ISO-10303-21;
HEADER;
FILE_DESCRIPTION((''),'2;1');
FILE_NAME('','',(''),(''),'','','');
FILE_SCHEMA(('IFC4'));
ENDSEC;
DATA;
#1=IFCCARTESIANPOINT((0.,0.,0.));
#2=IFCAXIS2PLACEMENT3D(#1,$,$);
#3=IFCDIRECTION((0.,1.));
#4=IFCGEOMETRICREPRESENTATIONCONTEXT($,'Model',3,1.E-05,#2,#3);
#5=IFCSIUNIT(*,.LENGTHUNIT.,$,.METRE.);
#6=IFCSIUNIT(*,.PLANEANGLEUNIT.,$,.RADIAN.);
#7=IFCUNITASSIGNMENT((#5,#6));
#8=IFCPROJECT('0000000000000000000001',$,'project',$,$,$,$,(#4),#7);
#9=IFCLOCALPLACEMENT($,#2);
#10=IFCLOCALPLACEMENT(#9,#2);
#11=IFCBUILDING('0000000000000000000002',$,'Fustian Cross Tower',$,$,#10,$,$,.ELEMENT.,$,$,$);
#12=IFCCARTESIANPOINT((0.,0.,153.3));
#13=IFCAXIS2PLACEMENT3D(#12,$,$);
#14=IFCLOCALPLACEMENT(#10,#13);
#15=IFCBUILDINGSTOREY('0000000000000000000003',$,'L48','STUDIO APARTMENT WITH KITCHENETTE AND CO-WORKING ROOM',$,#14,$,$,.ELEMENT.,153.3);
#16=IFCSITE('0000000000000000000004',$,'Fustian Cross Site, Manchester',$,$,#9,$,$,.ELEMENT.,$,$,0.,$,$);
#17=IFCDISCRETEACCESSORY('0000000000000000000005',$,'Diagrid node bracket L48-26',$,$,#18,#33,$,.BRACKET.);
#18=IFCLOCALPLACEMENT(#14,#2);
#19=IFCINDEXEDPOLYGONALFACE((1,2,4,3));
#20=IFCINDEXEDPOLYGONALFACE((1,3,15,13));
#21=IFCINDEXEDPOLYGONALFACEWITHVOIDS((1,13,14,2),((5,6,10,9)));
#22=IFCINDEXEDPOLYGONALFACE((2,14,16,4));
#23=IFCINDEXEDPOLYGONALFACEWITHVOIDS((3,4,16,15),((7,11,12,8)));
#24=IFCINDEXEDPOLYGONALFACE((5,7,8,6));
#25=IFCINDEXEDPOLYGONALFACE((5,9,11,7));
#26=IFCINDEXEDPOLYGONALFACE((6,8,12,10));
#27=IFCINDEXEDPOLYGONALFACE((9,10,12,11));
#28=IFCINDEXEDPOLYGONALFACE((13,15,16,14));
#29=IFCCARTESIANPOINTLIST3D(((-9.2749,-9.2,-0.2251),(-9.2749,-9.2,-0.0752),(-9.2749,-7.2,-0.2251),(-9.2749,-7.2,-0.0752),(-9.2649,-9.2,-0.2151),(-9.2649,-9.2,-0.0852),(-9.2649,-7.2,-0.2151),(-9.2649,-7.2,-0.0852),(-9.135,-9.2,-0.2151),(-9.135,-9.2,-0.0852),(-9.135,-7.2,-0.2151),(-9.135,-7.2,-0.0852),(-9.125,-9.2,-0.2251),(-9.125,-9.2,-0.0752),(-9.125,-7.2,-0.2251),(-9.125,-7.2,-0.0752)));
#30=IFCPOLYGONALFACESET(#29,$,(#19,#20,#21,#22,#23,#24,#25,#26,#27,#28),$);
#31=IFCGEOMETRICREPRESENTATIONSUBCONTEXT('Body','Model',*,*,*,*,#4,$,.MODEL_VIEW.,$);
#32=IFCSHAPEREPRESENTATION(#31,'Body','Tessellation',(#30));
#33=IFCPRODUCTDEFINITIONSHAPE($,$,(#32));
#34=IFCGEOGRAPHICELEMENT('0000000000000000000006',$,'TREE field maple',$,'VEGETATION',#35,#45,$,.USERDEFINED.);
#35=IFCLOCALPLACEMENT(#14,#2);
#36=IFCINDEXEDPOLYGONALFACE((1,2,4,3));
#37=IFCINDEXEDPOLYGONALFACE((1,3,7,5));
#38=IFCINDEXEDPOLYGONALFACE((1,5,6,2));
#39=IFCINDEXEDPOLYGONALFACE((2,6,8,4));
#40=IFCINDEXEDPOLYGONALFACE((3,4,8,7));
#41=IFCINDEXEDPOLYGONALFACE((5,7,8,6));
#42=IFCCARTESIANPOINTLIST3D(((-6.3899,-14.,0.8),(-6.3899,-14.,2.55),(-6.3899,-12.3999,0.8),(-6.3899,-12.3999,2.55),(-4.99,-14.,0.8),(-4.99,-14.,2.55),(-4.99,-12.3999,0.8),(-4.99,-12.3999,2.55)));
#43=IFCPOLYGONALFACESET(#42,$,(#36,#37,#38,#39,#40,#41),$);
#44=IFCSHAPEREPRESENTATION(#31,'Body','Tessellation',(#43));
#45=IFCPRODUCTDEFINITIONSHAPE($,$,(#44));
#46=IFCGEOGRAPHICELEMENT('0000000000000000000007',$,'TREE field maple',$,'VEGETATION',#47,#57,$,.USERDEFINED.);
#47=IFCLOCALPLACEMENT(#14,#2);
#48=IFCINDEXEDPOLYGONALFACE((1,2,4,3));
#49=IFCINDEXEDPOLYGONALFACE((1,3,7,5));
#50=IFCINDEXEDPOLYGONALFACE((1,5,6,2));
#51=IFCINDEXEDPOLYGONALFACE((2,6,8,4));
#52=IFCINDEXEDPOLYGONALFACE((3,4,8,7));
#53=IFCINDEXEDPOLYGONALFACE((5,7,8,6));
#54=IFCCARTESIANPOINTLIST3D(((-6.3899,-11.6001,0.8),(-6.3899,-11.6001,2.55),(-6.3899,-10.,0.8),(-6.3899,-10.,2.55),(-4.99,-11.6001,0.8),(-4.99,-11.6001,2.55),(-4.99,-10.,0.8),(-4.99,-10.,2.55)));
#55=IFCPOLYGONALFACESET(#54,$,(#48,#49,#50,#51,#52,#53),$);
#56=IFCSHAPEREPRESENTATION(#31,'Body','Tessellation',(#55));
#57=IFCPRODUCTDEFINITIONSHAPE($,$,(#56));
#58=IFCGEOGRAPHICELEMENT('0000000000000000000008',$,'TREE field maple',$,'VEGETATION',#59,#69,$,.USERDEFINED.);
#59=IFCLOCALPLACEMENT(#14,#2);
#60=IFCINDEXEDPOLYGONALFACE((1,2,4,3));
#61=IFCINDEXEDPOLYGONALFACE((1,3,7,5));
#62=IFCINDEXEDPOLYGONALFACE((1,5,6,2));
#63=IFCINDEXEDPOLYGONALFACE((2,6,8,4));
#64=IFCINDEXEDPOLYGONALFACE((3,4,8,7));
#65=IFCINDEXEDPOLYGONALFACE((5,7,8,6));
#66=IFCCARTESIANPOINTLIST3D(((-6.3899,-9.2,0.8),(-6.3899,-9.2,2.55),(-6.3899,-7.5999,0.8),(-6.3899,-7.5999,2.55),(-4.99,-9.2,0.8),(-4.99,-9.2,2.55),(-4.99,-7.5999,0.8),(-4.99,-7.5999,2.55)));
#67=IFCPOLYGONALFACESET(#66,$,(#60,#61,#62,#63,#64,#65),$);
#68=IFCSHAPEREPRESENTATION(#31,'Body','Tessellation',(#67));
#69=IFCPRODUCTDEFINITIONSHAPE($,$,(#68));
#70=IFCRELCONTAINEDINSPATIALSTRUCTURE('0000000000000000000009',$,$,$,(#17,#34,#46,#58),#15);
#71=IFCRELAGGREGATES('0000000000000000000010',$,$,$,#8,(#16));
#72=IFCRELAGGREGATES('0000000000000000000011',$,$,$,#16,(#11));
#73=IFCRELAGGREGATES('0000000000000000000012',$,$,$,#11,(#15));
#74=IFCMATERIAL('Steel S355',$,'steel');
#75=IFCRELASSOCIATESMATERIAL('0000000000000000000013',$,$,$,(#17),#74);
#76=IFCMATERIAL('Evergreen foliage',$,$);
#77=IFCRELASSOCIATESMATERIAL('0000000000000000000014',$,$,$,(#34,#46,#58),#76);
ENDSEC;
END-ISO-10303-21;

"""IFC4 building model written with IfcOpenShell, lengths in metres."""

from ifc_helpers import new_model, si_unit, direction, frame, origin, origin_2d, place, context, subcontext, project, spatial, rectangle, hollow_rectangle, extrude, material, element, save


model = new_model("IFC4")

# Units and contexts
model_context = context("Model", 3, precision=1e-05, world=origin(), true_north=direction((0.0, 1.0)))
body_context = subcontext(model_context, "Body", "Model", "MODEL_VIEW")
ifc_project = project(units=[si_unit("LENGTHUNIT", "METRE"), si_unit("PLANEANGLEUNIT", "RADIAN")], contexts=[model_context])

# Site, building, storey
site_placement = place(None, origin())
site = spatial("IfcSite", under=ifc_project, at=site_placement, Name="Fustian Cross Site, Manchester", CompositionType="ELEMENT", RefElevation=0.0)
building_placement = place(site_placement, origin())
building = spatial("IfcBuilding", under=site, at=building_placement, Name="Fustian Cross Tower", CompositionType="ELEMENT")
storey_placement = place(building_placement, frame((0.0, 0.0, 153.3)))
storey = spatial("IfcBuildingStorey", under=building, at=storey_placement, Name="L48", Description="STUDIO APARTMENT WITH KITCHENETTE AND CO-WORKING ROOM", CompositionType="ELEMENT", Elevation=153.3)

# Discrete accessory
ifc_material_1 = material(Name="Steel S355", Category="steel")
discrete_accessory_placement = place(storey_placement, frame((-9.2, -9.2, -0.1501), z_axis=(0.0, 1.0, 0.0), x_axis=(-1.0, 0.0, 0.0)))
element("IfcDiscreteAccessory", 1, at=discrete_accessory_placement, inside=storey, material=ifc_material_1, Name="Diagrid node bracket L48-26", PredefinedType="BRACKET", context=body_context, shape_type="SweptSolid", body=[
    extrude(hollow_rectangle(XDim=0.1499, YDim=0.1499, WallThickness=0.01, at=origin_2d()), origin(), (0.0, 0.0, 1.0), 2.0),
])

# Geographic elements
ifc_material_2 = material(Name="Evergreen foliage")
for number, where, z_axis, x_axis, name in (
    (2, (-5.6899, -13.2, 0.8), (0.0, 0.0, 1.0), (1.0, 0.0, 0.0), "TREE field maple"),
    (3, (-5.6899, -10.8, 0.8), (0.0, 0.0, 1.0), (1.0, 0.0, 0.0), "TREE field maple"),
    (4, (-5.6899, -8.3999, 0.8), (0.0, 0.0, 1.0), (1.0, 0.0, 0.0), "TREE field maple"),
):
    element("IfcGeographicElement", number, at=place(storey_placement, frame(where, z_axis=z_axis, x_axis=x_axis)), inside=storey, material=ifc_material_2, Name=name, ObjectType="VEGETATION", PredefinedType="USERDEFINED", context=body_context, shape_type="SweptSolid", body=[
        extrude(rectangle(XDim=1.3999, YDim=1.6001, at=origin_2d()), origin(), (0.0, 0.0, 1.0), 1.75),
    ])

save(model, "model.ifc")
